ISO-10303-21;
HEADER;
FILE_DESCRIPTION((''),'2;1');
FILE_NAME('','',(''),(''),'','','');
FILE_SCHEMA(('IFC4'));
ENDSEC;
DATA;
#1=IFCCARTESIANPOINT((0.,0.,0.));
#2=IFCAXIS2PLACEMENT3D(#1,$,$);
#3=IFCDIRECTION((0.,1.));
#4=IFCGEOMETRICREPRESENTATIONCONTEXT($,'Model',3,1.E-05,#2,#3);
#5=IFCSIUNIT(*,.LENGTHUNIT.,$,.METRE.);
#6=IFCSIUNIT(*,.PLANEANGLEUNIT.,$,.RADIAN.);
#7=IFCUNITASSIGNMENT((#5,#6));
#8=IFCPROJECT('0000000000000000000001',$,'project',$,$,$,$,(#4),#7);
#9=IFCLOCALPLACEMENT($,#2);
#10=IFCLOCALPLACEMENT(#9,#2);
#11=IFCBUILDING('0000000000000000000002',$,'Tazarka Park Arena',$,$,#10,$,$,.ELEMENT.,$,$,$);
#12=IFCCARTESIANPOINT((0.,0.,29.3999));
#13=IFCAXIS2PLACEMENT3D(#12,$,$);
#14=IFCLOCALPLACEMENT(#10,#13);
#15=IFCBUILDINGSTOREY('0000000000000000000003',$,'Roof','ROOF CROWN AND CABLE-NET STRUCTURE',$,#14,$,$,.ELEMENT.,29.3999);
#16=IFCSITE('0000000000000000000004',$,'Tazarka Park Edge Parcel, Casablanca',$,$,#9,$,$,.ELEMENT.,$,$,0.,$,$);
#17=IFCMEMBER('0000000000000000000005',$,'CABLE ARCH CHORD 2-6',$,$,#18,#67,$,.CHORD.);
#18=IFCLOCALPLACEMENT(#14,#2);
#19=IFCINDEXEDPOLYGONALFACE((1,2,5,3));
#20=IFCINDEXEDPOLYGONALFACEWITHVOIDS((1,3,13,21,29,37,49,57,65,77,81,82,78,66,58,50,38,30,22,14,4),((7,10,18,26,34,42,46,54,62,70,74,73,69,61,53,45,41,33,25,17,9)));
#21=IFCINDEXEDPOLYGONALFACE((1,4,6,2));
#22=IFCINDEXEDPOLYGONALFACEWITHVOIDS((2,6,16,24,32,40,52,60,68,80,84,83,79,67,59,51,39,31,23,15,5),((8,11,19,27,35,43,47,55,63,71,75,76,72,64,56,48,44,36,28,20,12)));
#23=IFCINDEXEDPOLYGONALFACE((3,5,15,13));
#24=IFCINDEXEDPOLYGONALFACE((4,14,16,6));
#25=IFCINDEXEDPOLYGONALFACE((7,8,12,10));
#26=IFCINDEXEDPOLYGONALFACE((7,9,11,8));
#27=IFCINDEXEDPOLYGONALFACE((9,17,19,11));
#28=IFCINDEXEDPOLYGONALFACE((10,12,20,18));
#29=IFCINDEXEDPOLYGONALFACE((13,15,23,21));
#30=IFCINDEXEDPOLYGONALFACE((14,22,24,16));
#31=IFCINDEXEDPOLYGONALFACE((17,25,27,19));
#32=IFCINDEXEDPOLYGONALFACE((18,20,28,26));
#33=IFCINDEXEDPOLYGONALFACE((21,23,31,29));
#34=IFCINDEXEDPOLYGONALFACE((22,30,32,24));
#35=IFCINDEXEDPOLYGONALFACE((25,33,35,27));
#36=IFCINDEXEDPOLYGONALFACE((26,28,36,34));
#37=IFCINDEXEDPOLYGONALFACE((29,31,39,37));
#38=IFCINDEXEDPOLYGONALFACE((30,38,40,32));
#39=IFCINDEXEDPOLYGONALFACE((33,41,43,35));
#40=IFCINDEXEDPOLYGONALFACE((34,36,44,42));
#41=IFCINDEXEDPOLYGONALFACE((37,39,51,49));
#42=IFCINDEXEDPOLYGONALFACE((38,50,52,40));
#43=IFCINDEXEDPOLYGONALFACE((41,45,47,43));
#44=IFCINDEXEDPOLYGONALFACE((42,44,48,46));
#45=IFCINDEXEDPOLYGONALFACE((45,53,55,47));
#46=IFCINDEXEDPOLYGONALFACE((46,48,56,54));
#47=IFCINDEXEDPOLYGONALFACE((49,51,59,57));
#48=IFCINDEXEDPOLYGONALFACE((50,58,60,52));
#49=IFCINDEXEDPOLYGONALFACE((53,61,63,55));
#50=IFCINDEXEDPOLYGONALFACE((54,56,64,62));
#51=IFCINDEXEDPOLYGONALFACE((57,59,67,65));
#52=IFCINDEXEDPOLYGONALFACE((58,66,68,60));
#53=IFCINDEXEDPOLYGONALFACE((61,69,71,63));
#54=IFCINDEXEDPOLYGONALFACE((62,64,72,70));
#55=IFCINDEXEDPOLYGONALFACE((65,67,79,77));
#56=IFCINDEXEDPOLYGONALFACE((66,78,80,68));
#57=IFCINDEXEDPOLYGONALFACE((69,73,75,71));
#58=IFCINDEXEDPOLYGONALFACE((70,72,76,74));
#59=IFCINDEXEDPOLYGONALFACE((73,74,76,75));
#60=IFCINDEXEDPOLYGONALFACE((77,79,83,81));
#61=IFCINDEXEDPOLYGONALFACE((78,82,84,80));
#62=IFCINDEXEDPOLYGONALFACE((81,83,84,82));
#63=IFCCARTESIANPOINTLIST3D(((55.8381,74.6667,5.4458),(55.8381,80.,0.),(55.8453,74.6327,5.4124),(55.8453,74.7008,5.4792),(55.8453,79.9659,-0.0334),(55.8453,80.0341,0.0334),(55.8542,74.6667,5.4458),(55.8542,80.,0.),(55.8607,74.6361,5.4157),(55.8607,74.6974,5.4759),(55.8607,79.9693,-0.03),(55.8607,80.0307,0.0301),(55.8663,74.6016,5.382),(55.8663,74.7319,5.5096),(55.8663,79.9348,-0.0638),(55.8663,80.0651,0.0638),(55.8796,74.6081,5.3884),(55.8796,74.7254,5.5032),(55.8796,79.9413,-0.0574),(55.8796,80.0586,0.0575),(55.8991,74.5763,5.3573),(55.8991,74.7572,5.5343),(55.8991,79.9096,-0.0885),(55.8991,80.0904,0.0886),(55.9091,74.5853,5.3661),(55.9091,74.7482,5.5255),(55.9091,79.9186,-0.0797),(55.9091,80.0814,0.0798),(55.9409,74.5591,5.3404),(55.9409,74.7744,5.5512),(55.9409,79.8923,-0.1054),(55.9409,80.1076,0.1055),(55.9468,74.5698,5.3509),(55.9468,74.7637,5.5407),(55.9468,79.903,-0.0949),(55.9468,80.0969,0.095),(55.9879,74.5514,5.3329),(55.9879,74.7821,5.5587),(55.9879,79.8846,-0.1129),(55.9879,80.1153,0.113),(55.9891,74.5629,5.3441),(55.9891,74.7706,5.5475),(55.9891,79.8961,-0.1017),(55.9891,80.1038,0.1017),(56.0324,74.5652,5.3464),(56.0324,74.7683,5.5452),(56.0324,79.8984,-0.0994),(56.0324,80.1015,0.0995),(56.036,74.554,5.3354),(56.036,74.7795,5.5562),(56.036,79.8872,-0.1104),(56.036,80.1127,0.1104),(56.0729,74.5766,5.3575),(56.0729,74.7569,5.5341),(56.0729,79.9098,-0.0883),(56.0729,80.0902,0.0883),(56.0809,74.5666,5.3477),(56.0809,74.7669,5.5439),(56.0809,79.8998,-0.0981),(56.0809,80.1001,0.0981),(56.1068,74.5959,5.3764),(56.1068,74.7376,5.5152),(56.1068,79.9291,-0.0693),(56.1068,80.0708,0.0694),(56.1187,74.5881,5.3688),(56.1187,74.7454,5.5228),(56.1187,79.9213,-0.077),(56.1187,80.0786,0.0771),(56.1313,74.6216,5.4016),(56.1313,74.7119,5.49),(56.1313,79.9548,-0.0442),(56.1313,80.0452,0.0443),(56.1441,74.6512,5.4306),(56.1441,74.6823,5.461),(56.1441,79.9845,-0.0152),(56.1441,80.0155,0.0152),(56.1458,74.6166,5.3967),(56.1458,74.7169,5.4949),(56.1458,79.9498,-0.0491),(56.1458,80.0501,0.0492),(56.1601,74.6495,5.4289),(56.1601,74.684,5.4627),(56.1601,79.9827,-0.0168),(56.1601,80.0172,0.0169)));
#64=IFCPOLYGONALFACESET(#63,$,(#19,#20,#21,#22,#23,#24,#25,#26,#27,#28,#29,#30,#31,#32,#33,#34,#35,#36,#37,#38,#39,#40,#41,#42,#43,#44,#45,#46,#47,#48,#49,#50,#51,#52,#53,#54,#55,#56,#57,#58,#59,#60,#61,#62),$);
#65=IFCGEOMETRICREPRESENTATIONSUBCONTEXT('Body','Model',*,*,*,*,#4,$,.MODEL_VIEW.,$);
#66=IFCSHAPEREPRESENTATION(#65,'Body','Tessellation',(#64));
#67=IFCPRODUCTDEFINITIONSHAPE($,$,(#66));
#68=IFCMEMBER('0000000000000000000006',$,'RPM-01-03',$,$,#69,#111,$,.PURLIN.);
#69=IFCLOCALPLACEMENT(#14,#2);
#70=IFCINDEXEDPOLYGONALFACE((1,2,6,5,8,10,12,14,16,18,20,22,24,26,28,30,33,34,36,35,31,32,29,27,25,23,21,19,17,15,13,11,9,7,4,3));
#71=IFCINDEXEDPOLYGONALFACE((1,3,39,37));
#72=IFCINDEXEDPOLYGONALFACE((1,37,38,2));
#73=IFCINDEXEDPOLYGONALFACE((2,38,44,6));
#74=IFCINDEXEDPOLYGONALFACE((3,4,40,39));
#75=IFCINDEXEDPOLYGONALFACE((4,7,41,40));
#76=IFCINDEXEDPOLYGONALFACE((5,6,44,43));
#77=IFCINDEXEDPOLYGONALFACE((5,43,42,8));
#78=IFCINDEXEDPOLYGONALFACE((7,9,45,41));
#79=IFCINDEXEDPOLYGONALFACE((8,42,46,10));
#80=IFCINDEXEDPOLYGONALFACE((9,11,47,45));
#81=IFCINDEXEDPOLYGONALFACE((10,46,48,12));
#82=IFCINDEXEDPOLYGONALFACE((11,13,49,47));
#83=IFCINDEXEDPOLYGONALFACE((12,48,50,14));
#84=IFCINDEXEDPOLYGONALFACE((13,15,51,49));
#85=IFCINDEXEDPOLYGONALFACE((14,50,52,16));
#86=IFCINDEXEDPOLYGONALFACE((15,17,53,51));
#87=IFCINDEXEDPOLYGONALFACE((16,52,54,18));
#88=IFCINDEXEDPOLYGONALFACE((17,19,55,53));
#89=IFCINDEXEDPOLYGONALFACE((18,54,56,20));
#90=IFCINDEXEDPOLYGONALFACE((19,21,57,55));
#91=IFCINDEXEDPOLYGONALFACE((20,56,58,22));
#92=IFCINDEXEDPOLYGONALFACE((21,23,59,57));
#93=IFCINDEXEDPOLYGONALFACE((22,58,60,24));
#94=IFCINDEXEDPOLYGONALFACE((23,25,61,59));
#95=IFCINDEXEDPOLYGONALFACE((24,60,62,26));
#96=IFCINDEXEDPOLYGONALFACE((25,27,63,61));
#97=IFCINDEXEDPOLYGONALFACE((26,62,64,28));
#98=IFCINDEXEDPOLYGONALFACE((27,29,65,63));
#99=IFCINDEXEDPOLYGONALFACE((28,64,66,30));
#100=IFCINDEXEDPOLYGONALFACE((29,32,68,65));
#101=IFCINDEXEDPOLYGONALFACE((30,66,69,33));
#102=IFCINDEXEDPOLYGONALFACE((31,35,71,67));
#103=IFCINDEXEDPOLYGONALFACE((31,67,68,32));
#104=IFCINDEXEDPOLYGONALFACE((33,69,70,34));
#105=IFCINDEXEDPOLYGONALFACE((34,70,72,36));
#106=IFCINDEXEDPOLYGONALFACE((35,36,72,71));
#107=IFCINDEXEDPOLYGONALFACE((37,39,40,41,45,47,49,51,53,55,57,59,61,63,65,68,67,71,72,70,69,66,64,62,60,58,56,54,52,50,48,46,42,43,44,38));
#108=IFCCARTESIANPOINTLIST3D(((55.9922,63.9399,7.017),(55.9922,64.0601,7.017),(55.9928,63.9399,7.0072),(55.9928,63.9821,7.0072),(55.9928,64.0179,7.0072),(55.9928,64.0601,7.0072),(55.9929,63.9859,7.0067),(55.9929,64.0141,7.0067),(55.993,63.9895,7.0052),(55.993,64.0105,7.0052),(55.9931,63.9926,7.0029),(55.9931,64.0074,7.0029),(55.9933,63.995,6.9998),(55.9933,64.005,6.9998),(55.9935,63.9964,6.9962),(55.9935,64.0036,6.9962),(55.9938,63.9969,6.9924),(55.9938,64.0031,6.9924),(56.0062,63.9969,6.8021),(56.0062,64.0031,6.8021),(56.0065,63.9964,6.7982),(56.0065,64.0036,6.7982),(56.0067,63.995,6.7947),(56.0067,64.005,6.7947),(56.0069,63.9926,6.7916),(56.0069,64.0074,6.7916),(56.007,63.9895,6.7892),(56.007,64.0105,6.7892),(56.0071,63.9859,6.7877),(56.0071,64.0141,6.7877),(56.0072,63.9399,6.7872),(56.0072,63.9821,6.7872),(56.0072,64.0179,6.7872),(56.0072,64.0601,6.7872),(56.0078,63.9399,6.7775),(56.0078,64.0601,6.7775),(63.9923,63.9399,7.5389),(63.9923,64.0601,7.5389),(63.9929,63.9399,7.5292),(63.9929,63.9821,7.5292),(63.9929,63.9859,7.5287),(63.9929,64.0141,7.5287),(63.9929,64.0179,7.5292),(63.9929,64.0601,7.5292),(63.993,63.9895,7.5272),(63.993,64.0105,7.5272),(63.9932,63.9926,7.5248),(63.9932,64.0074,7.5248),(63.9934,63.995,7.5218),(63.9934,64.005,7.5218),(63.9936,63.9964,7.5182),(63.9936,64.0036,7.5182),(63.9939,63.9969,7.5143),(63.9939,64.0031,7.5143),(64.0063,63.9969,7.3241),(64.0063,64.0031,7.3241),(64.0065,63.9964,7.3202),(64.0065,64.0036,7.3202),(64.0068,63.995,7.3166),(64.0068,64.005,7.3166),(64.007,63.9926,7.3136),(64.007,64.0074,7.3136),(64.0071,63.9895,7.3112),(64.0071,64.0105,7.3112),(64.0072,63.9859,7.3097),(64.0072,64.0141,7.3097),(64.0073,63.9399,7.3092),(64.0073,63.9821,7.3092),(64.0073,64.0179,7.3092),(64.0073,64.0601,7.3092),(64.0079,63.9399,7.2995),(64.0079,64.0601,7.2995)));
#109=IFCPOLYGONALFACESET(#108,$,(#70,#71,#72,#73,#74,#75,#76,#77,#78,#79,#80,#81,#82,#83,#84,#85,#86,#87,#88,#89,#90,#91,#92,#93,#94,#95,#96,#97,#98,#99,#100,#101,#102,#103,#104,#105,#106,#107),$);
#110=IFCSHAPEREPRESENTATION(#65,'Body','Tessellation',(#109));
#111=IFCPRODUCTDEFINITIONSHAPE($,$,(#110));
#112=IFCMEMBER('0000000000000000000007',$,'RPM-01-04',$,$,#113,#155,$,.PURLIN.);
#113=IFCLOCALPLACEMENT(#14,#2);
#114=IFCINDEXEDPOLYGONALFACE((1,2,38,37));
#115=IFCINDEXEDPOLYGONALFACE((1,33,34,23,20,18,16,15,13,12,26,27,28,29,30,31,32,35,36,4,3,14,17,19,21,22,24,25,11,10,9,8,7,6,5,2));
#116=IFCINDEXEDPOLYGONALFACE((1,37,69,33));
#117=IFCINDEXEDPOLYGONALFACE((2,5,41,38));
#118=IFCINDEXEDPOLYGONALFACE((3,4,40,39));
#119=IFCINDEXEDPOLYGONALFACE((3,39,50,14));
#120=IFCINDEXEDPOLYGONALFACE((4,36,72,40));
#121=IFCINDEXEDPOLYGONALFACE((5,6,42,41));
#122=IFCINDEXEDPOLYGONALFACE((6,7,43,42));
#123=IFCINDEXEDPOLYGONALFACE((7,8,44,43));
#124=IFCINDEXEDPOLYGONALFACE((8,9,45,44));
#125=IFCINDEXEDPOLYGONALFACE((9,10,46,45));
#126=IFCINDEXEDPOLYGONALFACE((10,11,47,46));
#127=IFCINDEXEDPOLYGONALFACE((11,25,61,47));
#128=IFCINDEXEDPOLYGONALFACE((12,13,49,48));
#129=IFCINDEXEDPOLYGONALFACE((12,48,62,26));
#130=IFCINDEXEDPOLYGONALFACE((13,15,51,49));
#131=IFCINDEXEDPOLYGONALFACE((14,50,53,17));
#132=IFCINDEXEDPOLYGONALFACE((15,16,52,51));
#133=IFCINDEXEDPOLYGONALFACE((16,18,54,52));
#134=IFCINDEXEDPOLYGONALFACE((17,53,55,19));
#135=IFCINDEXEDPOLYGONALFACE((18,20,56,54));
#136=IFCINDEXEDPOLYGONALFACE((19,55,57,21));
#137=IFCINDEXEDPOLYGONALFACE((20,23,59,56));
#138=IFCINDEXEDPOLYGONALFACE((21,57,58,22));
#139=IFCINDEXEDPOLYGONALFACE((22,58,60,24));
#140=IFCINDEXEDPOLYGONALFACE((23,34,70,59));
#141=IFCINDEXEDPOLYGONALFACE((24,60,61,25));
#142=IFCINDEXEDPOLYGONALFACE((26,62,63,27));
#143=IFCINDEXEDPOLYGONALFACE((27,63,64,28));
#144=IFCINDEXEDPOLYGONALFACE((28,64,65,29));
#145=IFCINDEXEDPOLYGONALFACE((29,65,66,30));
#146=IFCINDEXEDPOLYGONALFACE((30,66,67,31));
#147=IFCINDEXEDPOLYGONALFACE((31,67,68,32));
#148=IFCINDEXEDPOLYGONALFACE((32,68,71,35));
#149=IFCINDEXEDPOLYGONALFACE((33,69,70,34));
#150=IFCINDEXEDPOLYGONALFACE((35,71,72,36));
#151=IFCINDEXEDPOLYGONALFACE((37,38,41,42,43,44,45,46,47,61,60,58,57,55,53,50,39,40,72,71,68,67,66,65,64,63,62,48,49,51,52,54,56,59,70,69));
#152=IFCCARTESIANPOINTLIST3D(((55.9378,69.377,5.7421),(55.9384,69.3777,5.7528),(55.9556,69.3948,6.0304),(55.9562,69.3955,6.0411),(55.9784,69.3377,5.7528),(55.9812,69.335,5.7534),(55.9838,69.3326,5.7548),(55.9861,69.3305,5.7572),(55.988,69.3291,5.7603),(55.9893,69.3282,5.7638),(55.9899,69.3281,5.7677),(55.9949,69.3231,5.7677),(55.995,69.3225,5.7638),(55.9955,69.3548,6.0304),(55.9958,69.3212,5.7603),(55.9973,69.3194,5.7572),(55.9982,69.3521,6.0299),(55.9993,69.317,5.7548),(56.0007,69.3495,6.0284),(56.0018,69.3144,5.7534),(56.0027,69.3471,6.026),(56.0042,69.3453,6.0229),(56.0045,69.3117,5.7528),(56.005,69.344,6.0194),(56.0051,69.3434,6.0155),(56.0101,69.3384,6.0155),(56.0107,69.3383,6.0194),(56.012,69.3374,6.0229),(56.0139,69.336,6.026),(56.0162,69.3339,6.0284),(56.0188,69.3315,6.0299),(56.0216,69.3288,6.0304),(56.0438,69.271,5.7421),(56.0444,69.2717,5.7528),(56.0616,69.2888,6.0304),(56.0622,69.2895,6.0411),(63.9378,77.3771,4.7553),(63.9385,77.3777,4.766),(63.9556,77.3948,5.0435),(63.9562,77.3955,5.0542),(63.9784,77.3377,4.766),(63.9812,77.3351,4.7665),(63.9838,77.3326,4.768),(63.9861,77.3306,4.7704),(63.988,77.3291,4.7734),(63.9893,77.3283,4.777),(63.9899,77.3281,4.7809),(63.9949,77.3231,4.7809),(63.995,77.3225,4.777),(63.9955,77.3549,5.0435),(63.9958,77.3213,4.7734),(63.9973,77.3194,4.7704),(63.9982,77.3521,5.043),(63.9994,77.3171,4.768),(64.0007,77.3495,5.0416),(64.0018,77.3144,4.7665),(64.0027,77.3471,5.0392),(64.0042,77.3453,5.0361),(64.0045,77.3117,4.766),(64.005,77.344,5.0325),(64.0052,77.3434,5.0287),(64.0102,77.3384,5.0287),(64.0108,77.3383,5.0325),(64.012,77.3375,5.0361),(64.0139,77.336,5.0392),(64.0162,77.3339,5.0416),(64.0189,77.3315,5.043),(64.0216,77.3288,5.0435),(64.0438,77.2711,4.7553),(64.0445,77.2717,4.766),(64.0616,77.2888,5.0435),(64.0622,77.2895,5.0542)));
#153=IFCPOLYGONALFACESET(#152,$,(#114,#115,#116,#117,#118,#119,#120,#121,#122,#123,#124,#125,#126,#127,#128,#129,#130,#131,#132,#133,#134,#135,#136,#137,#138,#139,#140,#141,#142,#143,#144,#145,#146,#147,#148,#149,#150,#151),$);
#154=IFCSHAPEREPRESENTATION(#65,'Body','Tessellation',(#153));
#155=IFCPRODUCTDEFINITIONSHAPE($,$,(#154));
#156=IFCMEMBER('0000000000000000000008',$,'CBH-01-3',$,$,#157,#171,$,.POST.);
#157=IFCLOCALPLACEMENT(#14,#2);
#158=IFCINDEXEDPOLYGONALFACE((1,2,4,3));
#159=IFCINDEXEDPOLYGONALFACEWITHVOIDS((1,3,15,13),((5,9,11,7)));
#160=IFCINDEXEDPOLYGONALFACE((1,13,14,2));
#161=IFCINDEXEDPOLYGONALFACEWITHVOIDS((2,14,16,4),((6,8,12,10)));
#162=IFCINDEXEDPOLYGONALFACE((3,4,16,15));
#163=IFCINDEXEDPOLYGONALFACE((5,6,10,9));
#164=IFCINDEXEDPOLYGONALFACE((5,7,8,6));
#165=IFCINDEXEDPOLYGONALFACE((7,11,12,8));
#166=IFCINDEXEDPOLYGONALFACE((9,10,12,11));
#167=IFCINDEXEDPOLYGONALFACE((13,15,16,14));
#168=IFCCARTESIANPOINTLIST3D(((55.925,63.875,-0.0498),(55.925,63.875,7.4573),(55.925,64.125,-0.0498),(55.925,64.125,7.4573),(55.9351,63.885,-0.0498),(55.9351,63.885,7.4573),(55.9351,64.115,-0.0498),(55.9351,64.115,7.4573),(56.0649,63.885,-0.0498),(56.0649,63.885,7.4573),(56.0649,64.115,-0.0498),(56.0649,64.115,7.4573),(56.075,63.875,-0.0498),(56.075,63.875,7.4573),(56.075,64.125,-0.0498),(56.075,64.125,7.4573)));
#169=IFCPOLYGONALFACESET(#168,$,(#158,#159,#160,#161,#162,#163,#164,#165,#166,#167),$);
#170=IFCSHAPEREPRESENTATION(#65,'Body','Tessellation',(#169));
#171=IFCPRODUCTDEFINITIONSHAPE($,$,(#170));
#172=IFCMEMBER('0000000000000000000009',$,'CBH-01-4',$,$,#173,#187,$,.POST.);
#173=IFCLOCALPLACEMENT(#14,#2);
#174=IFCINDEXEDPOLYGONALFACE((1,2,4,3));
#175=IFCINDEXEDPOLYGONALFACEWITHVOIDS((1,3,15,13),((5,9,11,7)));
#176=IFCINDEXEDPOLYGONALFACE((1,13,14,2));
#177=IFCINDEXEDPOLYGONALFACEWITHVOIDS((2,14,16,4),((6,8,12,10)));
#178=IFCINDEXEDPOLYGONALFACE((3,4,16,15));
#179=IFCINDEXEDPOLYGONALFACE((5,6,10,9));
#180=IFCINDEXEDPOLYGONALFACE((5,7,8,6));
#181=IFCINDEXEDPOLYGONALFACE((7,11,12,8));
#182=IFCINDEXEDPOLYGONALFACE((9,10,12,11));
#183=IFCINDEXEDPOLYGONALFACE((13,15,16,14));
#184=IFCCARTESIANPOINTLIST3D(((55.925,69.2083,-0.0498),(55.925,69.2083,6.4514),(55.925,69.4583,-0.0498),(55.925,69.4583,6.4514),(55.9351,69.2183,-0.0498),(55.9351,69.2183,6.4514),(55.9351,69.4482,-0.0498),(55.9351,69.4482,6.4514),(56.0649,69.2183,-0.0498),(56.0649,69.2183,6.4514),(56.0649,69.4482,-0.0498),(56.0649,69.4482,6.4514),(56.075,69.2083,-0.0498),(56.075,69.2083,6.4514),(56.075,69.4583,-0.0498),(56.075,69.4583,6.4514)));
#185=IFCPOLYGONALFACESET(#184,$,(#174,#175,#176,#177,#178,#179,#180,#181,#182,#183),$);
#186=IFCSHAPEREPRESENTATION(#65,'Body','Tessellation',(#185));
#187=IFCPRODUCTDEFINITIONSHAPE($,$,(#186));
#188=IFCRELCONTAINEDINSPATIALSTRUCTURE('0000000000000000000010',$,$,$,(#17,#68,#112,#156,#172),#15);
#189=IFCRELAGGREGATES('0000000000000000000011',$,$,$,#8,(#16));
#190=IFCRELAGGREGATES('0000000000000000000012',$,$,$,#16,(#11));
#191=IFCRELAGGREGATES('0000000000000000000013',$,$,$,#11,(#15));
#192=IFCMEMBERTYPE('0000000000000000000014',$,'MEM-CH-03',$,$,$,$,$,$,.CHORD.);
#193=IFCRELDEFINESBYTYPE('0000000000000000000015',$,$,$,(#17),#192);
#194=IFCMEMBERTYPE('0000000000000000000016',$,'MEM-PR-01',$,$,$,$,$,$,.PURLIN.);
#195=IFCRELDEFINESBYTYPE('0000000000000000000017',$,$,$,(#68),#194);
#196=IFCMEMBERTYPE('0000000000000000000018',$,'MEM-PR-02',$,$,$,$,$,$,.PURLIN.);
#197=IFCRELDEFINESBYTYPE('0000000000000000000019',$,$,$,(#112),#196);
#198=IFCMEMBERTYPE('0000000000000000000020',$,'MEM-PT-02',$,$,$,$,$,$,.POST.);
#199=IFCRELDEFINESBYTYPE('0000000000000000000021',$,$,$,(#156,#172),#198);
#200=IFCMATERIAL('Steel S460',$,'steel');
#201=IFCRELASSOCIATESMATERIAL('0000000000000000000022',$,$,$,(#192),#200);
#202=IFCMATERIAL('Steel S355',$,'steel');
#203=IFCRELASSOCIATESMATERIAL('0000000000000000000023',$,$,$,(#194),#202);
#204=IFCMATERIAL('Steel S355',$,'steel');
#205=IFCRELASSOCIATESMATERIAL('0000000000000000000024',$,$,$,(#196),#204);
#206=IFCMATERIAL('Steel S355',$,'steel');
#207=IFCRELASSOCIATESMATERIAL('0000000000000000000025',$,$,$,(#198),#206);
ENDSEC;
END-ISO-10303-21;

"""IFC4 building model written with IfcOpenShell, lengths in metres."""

from ifc_helpers import new_model, si_unit, direction, frame, origin, origin_2d, place, context, subcontext, project, spatial, hollow_rectangle, hollow_circle, i_section, extrude, material, material_profile, profile_set, type_object, element, save


model = new_model("IFC4")

# Units and contexts
model_context = context("Model", 3, precision=1e-05, world=origin(), true_north=direction((0.0, 1.0)))
body_context = subcontext(model_context, "Body", "Model", "MODEL_VIEW")
ifc_project = project(units=[si_unit("LENGTHUNIT", "METRE"), si_unit("PLANEANGLEUNIT", "RADIAN")], contexts=[model_context])

# Site, building, storey
site_placement = place(None, origin())
site = spatial("IfcSite", under=ifc_project, at=site_placement, Name="Tazarka Park Edge Parcel, Casablanca", CompositionType="ELEMENT", RefElevation=0.0)
building_placement = place(site_placement, origin())
building = spatial("IfcBuilding", under=site, at=building_placement, Name="Tazarka Park Arena", CompositionType="ELEMENT")
storey_placement = place(building_placement, frame((0.0, 0.0, 29.3999)))
storey = spatial("IfcBuildingStorey", under=building, at=storey_placement, Name="Roof", Description="ROOF CROWN AND CABLE-NET STRUCTURE", CompositionType="ELEMENT", Elevation=29.3999)

# Members
ifc_material_1 = material(Name="Steel S460", Category="steel")
ifc_material_profile_1 = material_profile(ifc_material_1, hollow_circle(Radius=0.1619, WallThickness=0.0161, at=origin_2d()), Name="Steel S460")
ifc_profile_set_1 = profile_set([ifc_material_profile_1], Name="Steel S460")
member_type_1 = type_object("IfcMemberType", Name="MEM-CH-03", PredefinedType="CHORD", material=ifc_profile_set_1)
member_1_placement = place(storey_placement, frame((56.0, 74.6667, 5.4458), z_axis=(0.0, 0.699685, -0.714451), x_axis=(-1.0, 0.0, 0.0)))
element("IfcMember", 1, at=member_1_placement, inside=storey, type_object=member_type_1, Name="CABLE ARCH CHORD 2-6", PredefinedType="CHORD", context=body_context, shape_type="SweptSolid", body=[
    extrude(hollow_circle(Radius=0.1619, WallThickness=0.0161, at=origin_2d()), origin(), (0.0, 0.0, 1.0), 7.6223),
])
ifc_material_2 = material(Name="Steel S355", Category="steel")
ifc_material_profile_2 = material_profile(ifc_material_2, i_section(OverallWidth=0.1201, OverallDepth=0.24, WebThickness=0.0061, FlangeThickness=0.0098, FilletRadius=0.0149, at=origin_2d()), Name="Steel S355")
ifc_profile_set_2 = profile_set([ifc_material_profile_2], Name="Steel S355")
member_type_2 = type_object("IfcMemberType", Name="MEM-PR-01", PredefinedType="PURLIN", material=ifc_profile_set_2)
member_2_placement = place(storey_placement, frame((56.0, 64.0, 6.8972), z_axis=(0.997878, 0.0, 0.065108), x_axis=(0.0, 1.0, 0.0)))
element("IfcMember", 2, at=member_2_placement, inside=storey, type_object=member_type_2, Name="RPM-01-03", PredefinedType="PURLIN", context=body_context, shape_type="SweptSolid", body=[
    extrude(i_section(OverallWidth=0.1201, OverallDepth=0.24, WebThickness=0.0061, FlangeThickness=0.0098, FilletRadius=0.0149, at=origin_2d()), origin(), (0.0, 0.0, 1.0), 8.0171),
])
ifc_material_3 = material(Name="Steel S355", Category="steel")
ifc_material_profile_3 = material_profile(ifc_material_3, i_section(OverallWidth=0.1499, OverallDepth=0.3, WebThickness=0.0071, FlangeThickness=0.0107, FilletRadius=0.0149, at=origin_2d()), Name="Steel S355")
ifc_profile_set_3 = profile_set([ifc_material_profile_3], Name="Steel S355")
member_type_3 = type_object("IfcMemberType", Name="MEM-PR-02", PredefinedType="PURLIN", material=ifc_profile_set_3)
member_3_placement = place(storey_placement, frame((56.0, 69.3333, 5.8916), z_axis=(0.704432, 0.704432, -0.086893), x_axis=(-0.707107, 0.707107, 0.0)))
element("IfcMember", 3, at=member_3_placement, inside=storey, type_object=member_type_3, Name="RPM-01-04", PredefinedType="PURLIN", context=body_context, shape_type="SweptSolid", body=[
    extrude(i_section(OverallWidth=0.1499, OverallDepth=0.3, WebThickness=0.0071, FlangeThickness=0.0107, FilletRadius=0.0149, at=origin_2d()), origin(), (0.0, 0.0, 1.0), 11.3567),
])
ifc_material_4 = material(Name="Steel S355", Category="steel")
ifc_material_profile_4 = material_profile(ifc_material_4, hollow_rectangle(XDim=0.1499, YDim=0.25, WallThickness=0.01, at=origin_2d()), Name="Steel S355")
ifc_profile_set_4 = profile_set([ifc_material_profile_4], Name="Steel S355")
member_type_4 = type_object("IfcMemberType", Name="MEM-PT-02", PredefinedType="POST", material=ifc_profile_set_4)
member_4_placement = place(storey_placement, frame((56.0, 64.0, -0.0498), z_axis=(0.0, 0.0, 1.0), x_axis=(1.0, 0.0, 0.0)))
element("IfcMember", 4, at=member_4_placement, inside=storey, type_object=member_type_4, Name="CBH-01-3", PredefinedType="POST", context=body_context, shape_type="SweptSolid", body=[
    extrude(hollow_rectangle(XDim=0.1499, YDim=0.25, WallThickness=0.01, at=origin_2d()), origin(), (0.0, 0.0, 1.0), 7.5071),
])
member_5_placement = place(storey_placement, frame((56.0, 69.3333, -0.0498), z_axis=(0.0, 0.0, 1.0), x_axis=(1.0, 0.0, 0.0)))
element("IfcMember", 5, at=member_5_placement, inside=storey, type_object=member_type_4, Name="CBH-01-4", PredefinedType="POST", context=body_context, shape_type="SweptSolid", body=[
    extrude(hollow_rectangle(XDim=0.1499, YDim=0.25, WallThickness=0.01, at=origin_2d()), origin(), (0.0, 0.0, 1.0), 6.5012),
])

save(model, "model.ifc")
